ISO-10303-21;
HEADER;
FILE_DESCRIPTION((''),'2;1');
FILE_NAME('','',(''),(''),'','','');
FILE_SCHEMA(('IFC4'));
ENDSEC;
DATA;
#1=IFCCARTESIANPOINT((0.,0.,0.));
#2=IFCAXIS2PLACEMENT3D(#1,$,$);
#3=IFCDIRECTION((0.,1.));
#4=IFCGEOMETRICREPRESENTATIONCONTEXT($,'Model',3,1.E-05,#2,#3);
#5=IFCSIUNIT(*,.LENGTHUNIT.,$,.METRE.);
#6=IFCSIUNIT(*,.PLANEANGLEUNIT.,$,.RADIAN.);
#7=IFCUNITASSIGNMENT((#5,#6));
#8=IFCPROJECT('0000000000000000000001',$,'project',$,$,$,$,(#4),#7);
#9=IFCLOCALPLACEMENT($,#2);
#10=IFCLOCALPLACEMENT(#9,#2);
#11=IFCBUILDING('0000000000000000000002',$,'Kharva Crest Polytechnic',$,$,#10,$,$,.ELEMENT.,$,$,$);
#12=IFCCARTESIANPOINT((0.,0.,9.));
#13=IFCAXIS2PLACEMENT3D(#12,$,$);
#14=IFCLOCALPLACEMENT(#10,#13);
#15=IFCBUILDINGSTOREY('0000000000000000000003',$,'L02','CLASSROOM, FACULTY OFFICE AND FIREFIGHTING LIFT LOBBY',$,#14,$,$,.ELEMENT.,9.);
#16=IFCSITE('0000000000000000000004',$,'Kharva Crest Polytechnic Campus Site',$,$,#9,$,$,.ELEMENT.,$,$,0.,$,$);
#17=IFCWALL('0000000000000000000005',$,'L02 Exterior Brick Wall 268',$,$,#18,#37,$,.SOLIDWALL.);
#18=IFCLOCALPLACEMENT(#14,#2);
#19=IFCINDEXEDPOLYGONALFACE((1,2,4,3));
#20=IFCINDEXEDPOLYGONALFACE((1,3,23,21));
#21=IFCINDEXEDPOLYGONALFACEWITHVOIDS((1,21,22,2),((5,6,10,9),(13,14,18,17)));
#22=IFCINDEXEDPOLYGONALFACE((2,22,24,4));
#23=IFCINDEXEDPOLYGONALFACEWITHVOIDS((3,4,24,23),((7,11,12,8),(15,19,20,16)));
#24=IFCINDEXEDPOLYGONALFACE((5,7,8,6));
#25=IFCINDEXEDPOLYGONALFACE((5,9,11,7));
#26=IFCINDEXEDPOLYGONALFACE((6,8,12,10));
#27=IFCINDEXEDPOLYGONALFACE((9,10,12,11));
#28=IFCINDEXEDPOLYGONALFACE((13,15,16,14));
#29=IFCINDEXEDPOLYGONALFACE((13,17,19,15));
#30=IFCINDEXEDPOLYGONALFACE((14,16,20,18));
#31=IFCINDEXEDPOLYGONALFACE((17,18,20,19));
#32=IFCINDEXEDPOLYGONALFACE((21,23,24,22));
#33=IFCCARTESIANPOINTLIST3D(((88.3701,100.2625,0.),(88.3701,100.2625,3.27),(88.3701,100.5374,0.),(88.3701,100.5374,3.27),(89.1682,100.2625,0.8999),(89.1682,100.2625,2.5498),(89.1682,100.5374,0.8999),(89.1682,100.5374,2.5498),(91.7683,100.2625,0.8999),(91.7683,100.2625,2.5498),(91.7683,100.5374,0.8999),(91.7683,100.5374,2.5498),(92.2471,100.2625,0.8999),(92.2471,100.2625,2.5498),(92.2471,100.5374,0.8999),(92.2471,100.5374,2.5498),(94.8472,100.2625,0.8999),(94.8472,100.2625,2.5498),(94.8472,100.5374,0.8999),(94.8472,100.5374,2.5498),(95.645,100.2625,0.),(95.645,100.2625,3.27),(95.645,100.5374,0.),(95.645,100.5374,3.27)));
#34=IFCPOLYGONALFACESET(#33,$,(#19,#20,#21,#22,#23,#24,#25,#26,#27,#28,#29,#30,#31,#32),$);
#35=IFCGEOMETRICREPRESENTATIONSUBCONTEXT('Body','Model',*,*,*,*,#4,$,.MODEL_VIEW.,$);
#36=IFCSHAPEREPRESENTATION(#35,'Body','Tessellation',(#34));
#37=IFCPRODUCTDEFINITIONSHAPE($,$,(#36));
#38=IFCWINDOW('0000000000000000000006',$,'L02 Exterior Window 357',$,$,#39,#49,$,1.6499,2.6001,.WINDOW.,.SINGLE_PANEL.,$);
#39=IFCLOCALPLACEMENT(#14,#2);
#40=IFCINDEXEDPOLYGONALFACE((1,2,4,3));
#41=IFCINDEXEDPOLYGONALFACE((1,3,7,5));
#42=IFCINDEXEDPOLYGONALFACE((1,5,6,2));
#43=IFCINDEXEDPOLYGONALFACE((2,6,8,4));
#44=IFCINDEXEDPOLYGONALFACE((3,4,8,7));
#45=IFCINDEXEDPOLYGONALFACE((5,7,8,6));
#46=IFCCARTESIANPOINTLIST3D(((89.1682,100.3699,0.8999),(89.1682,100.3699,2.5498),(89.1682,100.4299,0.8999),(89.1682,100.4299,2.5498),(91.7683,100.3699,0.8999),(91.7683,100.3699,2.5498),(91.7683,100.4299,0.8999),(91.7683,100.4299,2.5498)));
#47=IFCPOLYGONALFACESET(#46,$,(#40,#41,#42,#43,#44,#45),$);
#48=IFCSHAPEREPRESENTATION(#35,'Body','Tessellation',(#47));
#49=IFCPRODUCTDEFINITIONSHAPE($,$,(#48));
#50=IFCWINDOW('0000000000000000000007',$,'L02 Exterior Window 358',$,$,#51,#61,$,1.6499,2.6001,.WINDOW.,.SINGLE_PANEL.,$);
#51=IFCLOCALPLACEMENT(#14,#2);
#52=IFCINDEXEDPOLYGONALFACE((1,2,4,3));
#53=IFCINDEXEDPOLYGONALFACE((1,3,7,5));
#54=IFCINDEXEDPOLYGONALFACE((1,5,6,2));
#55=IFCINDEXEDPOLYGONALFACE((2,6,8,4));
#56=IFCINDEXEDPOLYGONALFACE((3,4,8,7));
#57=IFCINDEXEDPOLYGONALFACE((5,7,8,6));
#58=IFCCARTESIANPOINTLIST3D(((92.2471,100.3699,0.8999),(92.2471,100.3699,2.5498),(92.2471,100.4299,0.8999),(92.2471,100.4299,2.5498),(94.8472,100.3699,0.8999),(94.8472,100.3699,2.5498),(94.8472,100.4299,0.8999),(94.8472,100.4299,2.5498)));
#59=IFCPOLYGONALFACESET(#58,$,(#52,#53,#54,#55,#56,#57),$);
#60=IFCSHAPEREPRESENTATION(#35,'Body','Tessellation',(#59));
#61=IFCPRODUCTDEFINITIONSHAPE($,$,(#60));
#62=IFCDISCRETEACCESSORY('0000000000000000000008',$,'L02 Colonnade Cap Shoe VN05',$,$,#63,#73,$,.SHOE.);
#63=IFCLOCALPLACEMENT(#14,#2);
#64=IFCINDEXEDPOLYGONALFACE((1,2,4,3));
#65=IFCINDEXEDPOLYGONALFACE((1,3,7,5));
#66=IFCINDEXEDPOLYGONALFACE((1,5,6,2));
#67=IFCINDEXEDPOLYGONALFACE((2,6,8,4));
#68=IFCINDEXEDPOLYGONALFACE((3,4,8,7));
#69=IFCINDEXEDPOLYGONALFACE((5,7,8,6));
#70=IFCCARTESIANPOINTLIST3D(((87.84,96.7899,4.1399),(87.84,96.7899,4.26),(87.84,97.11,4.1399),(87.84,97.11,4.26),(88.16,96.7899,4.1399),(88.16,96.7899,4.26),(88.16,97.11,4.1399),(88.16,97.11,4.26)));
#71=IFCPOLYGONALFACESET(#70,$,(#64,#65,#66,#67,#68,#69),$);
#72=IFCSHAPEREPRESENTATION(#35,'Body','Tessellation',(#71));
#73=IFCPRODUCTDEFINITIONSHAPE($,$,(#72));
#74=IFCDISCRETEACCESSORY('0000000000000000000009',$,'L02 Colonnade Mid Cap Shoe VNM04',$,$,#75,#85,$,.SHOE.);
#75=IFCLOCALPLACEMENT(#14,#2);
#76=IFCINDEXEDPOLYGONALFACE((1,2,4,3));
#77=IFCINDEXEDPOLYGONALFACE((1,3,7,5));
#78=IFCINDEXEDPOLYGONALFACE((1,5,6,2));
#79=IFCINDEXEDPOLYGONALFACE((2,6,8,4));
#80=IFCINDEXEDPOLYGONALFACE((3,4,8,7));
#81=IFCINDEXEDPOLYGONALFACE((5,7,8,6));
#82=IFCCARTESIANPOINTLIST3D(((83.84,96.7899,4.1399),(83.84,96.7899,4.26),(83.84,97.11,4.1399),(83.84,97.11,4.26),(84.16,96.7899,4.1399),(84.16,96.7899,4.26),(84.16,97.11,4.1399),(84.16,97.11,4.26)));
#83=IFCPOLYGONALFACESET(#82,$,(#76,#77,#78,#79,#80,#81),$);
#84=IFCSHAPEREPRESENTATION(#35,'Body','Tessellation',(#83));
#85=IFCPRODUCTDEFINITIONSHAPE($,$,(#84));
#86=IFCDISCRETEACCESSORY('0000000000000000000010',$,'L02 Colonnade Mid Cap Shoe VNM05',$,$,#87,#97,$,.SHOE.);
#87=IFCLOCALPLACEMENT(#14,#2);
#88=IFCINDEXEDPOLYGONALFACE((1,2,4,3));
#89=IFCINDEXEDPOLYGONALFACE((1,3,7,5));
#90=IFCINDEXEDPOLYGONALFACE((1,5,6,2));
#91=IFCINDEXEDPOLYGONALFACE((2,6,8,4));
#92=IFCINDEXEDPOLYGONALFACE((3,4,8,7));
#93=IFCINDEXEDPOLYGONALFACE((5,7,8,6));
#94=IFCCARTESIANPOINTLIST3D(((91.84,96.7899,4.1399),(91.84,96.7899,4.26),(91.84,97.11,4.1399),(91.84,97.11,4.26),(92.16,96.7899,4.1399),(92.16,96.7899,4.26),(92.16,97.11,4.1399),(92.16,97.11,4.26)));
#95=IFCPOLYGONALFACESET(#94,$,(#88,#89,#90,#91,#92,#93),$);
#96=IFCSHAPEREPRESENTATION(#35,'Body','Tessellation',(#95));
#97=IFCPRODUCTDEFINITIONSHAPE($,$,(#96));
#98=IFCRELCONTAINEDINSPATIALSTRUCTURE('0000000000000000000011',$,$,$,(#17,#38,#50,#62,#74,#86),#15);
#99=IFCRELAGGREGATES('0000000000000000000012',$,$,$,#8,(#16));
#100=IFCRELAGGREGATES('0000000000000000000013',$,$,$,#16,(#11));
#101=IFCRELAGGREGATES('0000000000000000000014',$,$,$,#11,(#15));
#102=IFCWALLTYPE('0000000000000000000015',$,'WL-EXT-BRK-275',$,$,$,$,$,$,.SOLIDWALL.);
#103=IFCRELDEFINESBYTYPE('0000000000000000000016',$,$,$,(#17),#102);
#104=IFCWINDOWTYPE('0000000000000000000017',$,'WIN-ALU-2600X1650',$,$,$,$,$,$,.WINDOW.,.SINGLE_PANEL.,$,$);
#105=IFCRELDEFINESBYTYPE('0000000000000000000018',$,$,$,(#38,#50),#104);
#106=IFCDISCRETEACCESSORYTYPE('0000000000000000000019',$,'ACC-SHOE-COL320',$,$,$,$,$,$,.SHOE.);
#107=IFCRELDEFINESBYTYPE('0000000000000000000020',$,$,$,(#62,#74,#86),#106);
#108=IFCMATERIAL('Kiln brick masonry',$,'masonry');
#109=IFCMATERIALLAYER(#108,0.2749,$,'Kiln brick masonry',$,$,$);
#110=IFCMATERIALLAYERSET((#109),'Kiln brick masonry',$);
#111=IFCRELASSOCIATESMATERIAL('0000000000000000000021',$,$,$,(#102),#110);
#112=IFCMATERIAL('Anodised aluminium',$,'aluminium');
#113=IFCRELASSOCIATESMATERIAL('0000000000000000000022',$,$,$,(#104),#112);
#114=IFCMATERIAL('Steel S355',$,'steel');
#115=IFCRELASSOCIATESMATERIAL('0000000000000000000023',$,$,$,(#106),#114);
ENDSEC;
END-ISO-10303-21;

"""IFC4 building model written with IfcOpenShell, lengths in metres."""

from ifc_helpers import new_model, si_unit, direction, frame, frame_2d, origin, origin_2d, place, context, subcontext, project, spatial, rectangle, extrude, material, layer, layer_set, type_object, element, fill, save


model = new_model("IFC4")

# Units and contexts
model_context = context("Model", 3, precision=1e-05, world=origin(), true_north=direction((0.0, 1.0)))
body_context = subcontext(model_context, "Body", "Model", "MODEL_VIEW")
ifc_project = project(units=[si_unit("LENGTHUNIT", "METRE"), si_unit("PLANEANGLEUNIT", "RADIAN")], contexts=[model_context])

# Site, building, storey
site_placement = place(None, origin())
site = spatial("IfcSite", under=ifc_project, at=site_placement, Name="Kharva Crest Polytechnic Campus Site", CompositionType="ELEMENT", RefElevation=0.0)
building_placement = place(site_placement, origin())
building = spatial("IfcBuilding", under=site, at=building_placement, Name="Kharva Crest Polytechnic", CompositionType="ELEMENT")
storey_placement = place(building_placement, frame((0.0, 0.0, 9.0)))
storey = spatial("IfcBuildingStorey", under=building, at=storey_placement, Name="L02", Description="CLASSROOM, FACULTY OFFICE AND FIREFIGHTING LIFT LOBBY", CompositionType="ELEMENT", Elevation=9.0)

# Shared definitions
ifc_material_1 = material(Name="Steel S355", Category="steel")

# Wall, openings, windows
ifc_material_2 = material(Name="Kiln brick masonry", Category="masonry")
ifc_layer = layer(ifc_material_2, 0.2749, Name="Kiln brick masonry")
ifc_layer_set = layer_set([ifc_layer], Name="Kiln brick masonry")
wall_type = type_object("IfcWallType", Name="WL-EXT-BRK-275", PredefinedType="SOLIDWALL", material=ifc_layer_set)
wall_placement = place(storey_placement, frame((88.3701, 100.3999, 0.0), z_axis=(0.0, 0.0, 1.0), x_axis=(1.0, 0.0, 0.0)))
wall = element("IfcWall", 1, at=wall_placement, inside=storey, type_object=wall_type, Name="L02 Exterior Brick Wall 268", PredefinedType="SOLIDWALL", context=body_context, shape_type="SweptSolid", body=[
    extrude(rectangle(XDim=7.2749, YDim=0.2749, at=frame_2d((3.6375, 0.0))), origin(), (0.0, 0.0, 1.0), 3.27),
])
opening_1_placement = place(wall_placement, frame((0.7981, 0.0, 0.8999)))
opening_1 = element("IfcOpeningElement", 2, at=opening_1_placement, cuts=wall, PredefinedType="OPENING", context=body_context, shape_type="SweptSolid", body=[
    extrude(rectangle(XDim=2.6001, YDim=1.6499, at=frame_2d((1.3, 0.825))), frame((0.0, 0.1475, 0.0), z_axis=(0.0, -1.0, 0.0), x_axis=(1.0, 0.0, 0.0)), (0.0, 0.0, 1.0), 0.2949),
])
opening_2_placement = place(wall_placement, frame((3.877, 0.0, 0.8999)))
opening_2 = element("IfcOpeningElement", 3, at=opening_2_placement, cuts=wall, PredefinedType="OPENING", context=body_context, shape_type="SweptSolid", body=[
    extrude(rectangle(XDim=2.6001, YDim=1.6499, at=frame_2d((1.3, 0.825))), frame((0.0, 0.1475, 0.0), z_axis=(0.0, -1.0, 0.0), x_axis=(1.0, 0.0, 0.0)), (0.0, 0.0, 1.0), 0.2949),
])
ifc_material_3 = material(Name="Anodised aluminium", Category="aluminium")
window_type = type_object("IfcWindowType", Name="WIN-ALU-2600X1650", PartitioningType="SINGLE_PANEL", PredefinedType="WINDOW", material=ifc_material_3)
window_1_placement = place(opening_1_placement, origin())
window_1 = element("IfcWindow", 4, at=window_1_placement, inside=storey, type_object=window_type, Name="L02 Exterior Window 357", OverallHeight=1.6499, OverallWidth=2.6001, PartitioningType="SINGLE_PANEL", PredefinedType="WINDOW", context=body_context, shape_type="SweptSolid", body=[
    extrude(rectangle(XDim=2.6001, YDim=1.6499, at=frame_2d((1.3, 0.825))), frame((0.0, 0.03, 0.0), z_axis=(0.0, -1.0, 0.0), x_axis=(1.0, 0.0, 0.0)), (0.0, 0.0, 1.0), 0.0601),
])
fill(opening_1, window_1)
window_2_placement = place(opening_2_placement, origin())
window_2 = element("IfcWindow", 5, at=window_2_placement, inside=storey, type_object=window_type, Name="L02 Exterior Window 358", OverallHeight=1.6499, OverallWidth=2.6001, PartitioningType="SINGLE_PANEL", PredefinedType="WINDOW", context=body_context, shape_type="SweptSolid", body=[
    extrude(rectangle(XDim=2.6001, YDim=1.6499, at=frame_2d((1.3, 0.825))), frame((0.0, 0.03, 0.0), z_axis=(0.0, -1.0, 0.0), x_axis=(1.0, 0.0, 0.0)), (0.0, 0.0, 1.0), 0.0601),
])
fill(opening_2, window_2)

# Discrete accessories
discrete_accessory_type = type_object("IfcDiscreteAccessoryType", Name="ACC-SHOE-COL320", PredefinedType="SHOE", material=ifc_material_1)
for number, where, z_axis, x_axis, name in (
    (6, (88.0, 96.95, 4.1399), (0.0, 0.0, 1.0), (1.0, 0.0, 0.0), "L02 Colonnade Cap Shoe VN05"),
    (7, (84.0, 96.95, 4.1399), (0.0, 0.0, 1.0), (1.0, 0.0, 0.0), "L02 Colonnade Mid Cap Shoe VNM04"),
    (8, (92.0, 96.95, 4.1399), (0.0, 0.0, 1.0), (1.0, 0.0, 0.0), "L02 Colonnade Mid Cap Shoe VNM05"),
):
    element("IfcDiscreteAccessory", number, at=place(storey_placement, frame(where, z_axis=z_axis, x_axis=x_axis)), inside=storey, type_object=discrete_accessory_type, Name=name, PredefinedType="SHOE", context=body_context, shape_type="SweptSolid", body=[
        extrude(rectangle(XDim=0.3201, YDim=0.3201, at=origin_2d()), origin(), (0.0, 0.0, 1.0), 0.1201),
    ])

save(model, "model.ifc")
